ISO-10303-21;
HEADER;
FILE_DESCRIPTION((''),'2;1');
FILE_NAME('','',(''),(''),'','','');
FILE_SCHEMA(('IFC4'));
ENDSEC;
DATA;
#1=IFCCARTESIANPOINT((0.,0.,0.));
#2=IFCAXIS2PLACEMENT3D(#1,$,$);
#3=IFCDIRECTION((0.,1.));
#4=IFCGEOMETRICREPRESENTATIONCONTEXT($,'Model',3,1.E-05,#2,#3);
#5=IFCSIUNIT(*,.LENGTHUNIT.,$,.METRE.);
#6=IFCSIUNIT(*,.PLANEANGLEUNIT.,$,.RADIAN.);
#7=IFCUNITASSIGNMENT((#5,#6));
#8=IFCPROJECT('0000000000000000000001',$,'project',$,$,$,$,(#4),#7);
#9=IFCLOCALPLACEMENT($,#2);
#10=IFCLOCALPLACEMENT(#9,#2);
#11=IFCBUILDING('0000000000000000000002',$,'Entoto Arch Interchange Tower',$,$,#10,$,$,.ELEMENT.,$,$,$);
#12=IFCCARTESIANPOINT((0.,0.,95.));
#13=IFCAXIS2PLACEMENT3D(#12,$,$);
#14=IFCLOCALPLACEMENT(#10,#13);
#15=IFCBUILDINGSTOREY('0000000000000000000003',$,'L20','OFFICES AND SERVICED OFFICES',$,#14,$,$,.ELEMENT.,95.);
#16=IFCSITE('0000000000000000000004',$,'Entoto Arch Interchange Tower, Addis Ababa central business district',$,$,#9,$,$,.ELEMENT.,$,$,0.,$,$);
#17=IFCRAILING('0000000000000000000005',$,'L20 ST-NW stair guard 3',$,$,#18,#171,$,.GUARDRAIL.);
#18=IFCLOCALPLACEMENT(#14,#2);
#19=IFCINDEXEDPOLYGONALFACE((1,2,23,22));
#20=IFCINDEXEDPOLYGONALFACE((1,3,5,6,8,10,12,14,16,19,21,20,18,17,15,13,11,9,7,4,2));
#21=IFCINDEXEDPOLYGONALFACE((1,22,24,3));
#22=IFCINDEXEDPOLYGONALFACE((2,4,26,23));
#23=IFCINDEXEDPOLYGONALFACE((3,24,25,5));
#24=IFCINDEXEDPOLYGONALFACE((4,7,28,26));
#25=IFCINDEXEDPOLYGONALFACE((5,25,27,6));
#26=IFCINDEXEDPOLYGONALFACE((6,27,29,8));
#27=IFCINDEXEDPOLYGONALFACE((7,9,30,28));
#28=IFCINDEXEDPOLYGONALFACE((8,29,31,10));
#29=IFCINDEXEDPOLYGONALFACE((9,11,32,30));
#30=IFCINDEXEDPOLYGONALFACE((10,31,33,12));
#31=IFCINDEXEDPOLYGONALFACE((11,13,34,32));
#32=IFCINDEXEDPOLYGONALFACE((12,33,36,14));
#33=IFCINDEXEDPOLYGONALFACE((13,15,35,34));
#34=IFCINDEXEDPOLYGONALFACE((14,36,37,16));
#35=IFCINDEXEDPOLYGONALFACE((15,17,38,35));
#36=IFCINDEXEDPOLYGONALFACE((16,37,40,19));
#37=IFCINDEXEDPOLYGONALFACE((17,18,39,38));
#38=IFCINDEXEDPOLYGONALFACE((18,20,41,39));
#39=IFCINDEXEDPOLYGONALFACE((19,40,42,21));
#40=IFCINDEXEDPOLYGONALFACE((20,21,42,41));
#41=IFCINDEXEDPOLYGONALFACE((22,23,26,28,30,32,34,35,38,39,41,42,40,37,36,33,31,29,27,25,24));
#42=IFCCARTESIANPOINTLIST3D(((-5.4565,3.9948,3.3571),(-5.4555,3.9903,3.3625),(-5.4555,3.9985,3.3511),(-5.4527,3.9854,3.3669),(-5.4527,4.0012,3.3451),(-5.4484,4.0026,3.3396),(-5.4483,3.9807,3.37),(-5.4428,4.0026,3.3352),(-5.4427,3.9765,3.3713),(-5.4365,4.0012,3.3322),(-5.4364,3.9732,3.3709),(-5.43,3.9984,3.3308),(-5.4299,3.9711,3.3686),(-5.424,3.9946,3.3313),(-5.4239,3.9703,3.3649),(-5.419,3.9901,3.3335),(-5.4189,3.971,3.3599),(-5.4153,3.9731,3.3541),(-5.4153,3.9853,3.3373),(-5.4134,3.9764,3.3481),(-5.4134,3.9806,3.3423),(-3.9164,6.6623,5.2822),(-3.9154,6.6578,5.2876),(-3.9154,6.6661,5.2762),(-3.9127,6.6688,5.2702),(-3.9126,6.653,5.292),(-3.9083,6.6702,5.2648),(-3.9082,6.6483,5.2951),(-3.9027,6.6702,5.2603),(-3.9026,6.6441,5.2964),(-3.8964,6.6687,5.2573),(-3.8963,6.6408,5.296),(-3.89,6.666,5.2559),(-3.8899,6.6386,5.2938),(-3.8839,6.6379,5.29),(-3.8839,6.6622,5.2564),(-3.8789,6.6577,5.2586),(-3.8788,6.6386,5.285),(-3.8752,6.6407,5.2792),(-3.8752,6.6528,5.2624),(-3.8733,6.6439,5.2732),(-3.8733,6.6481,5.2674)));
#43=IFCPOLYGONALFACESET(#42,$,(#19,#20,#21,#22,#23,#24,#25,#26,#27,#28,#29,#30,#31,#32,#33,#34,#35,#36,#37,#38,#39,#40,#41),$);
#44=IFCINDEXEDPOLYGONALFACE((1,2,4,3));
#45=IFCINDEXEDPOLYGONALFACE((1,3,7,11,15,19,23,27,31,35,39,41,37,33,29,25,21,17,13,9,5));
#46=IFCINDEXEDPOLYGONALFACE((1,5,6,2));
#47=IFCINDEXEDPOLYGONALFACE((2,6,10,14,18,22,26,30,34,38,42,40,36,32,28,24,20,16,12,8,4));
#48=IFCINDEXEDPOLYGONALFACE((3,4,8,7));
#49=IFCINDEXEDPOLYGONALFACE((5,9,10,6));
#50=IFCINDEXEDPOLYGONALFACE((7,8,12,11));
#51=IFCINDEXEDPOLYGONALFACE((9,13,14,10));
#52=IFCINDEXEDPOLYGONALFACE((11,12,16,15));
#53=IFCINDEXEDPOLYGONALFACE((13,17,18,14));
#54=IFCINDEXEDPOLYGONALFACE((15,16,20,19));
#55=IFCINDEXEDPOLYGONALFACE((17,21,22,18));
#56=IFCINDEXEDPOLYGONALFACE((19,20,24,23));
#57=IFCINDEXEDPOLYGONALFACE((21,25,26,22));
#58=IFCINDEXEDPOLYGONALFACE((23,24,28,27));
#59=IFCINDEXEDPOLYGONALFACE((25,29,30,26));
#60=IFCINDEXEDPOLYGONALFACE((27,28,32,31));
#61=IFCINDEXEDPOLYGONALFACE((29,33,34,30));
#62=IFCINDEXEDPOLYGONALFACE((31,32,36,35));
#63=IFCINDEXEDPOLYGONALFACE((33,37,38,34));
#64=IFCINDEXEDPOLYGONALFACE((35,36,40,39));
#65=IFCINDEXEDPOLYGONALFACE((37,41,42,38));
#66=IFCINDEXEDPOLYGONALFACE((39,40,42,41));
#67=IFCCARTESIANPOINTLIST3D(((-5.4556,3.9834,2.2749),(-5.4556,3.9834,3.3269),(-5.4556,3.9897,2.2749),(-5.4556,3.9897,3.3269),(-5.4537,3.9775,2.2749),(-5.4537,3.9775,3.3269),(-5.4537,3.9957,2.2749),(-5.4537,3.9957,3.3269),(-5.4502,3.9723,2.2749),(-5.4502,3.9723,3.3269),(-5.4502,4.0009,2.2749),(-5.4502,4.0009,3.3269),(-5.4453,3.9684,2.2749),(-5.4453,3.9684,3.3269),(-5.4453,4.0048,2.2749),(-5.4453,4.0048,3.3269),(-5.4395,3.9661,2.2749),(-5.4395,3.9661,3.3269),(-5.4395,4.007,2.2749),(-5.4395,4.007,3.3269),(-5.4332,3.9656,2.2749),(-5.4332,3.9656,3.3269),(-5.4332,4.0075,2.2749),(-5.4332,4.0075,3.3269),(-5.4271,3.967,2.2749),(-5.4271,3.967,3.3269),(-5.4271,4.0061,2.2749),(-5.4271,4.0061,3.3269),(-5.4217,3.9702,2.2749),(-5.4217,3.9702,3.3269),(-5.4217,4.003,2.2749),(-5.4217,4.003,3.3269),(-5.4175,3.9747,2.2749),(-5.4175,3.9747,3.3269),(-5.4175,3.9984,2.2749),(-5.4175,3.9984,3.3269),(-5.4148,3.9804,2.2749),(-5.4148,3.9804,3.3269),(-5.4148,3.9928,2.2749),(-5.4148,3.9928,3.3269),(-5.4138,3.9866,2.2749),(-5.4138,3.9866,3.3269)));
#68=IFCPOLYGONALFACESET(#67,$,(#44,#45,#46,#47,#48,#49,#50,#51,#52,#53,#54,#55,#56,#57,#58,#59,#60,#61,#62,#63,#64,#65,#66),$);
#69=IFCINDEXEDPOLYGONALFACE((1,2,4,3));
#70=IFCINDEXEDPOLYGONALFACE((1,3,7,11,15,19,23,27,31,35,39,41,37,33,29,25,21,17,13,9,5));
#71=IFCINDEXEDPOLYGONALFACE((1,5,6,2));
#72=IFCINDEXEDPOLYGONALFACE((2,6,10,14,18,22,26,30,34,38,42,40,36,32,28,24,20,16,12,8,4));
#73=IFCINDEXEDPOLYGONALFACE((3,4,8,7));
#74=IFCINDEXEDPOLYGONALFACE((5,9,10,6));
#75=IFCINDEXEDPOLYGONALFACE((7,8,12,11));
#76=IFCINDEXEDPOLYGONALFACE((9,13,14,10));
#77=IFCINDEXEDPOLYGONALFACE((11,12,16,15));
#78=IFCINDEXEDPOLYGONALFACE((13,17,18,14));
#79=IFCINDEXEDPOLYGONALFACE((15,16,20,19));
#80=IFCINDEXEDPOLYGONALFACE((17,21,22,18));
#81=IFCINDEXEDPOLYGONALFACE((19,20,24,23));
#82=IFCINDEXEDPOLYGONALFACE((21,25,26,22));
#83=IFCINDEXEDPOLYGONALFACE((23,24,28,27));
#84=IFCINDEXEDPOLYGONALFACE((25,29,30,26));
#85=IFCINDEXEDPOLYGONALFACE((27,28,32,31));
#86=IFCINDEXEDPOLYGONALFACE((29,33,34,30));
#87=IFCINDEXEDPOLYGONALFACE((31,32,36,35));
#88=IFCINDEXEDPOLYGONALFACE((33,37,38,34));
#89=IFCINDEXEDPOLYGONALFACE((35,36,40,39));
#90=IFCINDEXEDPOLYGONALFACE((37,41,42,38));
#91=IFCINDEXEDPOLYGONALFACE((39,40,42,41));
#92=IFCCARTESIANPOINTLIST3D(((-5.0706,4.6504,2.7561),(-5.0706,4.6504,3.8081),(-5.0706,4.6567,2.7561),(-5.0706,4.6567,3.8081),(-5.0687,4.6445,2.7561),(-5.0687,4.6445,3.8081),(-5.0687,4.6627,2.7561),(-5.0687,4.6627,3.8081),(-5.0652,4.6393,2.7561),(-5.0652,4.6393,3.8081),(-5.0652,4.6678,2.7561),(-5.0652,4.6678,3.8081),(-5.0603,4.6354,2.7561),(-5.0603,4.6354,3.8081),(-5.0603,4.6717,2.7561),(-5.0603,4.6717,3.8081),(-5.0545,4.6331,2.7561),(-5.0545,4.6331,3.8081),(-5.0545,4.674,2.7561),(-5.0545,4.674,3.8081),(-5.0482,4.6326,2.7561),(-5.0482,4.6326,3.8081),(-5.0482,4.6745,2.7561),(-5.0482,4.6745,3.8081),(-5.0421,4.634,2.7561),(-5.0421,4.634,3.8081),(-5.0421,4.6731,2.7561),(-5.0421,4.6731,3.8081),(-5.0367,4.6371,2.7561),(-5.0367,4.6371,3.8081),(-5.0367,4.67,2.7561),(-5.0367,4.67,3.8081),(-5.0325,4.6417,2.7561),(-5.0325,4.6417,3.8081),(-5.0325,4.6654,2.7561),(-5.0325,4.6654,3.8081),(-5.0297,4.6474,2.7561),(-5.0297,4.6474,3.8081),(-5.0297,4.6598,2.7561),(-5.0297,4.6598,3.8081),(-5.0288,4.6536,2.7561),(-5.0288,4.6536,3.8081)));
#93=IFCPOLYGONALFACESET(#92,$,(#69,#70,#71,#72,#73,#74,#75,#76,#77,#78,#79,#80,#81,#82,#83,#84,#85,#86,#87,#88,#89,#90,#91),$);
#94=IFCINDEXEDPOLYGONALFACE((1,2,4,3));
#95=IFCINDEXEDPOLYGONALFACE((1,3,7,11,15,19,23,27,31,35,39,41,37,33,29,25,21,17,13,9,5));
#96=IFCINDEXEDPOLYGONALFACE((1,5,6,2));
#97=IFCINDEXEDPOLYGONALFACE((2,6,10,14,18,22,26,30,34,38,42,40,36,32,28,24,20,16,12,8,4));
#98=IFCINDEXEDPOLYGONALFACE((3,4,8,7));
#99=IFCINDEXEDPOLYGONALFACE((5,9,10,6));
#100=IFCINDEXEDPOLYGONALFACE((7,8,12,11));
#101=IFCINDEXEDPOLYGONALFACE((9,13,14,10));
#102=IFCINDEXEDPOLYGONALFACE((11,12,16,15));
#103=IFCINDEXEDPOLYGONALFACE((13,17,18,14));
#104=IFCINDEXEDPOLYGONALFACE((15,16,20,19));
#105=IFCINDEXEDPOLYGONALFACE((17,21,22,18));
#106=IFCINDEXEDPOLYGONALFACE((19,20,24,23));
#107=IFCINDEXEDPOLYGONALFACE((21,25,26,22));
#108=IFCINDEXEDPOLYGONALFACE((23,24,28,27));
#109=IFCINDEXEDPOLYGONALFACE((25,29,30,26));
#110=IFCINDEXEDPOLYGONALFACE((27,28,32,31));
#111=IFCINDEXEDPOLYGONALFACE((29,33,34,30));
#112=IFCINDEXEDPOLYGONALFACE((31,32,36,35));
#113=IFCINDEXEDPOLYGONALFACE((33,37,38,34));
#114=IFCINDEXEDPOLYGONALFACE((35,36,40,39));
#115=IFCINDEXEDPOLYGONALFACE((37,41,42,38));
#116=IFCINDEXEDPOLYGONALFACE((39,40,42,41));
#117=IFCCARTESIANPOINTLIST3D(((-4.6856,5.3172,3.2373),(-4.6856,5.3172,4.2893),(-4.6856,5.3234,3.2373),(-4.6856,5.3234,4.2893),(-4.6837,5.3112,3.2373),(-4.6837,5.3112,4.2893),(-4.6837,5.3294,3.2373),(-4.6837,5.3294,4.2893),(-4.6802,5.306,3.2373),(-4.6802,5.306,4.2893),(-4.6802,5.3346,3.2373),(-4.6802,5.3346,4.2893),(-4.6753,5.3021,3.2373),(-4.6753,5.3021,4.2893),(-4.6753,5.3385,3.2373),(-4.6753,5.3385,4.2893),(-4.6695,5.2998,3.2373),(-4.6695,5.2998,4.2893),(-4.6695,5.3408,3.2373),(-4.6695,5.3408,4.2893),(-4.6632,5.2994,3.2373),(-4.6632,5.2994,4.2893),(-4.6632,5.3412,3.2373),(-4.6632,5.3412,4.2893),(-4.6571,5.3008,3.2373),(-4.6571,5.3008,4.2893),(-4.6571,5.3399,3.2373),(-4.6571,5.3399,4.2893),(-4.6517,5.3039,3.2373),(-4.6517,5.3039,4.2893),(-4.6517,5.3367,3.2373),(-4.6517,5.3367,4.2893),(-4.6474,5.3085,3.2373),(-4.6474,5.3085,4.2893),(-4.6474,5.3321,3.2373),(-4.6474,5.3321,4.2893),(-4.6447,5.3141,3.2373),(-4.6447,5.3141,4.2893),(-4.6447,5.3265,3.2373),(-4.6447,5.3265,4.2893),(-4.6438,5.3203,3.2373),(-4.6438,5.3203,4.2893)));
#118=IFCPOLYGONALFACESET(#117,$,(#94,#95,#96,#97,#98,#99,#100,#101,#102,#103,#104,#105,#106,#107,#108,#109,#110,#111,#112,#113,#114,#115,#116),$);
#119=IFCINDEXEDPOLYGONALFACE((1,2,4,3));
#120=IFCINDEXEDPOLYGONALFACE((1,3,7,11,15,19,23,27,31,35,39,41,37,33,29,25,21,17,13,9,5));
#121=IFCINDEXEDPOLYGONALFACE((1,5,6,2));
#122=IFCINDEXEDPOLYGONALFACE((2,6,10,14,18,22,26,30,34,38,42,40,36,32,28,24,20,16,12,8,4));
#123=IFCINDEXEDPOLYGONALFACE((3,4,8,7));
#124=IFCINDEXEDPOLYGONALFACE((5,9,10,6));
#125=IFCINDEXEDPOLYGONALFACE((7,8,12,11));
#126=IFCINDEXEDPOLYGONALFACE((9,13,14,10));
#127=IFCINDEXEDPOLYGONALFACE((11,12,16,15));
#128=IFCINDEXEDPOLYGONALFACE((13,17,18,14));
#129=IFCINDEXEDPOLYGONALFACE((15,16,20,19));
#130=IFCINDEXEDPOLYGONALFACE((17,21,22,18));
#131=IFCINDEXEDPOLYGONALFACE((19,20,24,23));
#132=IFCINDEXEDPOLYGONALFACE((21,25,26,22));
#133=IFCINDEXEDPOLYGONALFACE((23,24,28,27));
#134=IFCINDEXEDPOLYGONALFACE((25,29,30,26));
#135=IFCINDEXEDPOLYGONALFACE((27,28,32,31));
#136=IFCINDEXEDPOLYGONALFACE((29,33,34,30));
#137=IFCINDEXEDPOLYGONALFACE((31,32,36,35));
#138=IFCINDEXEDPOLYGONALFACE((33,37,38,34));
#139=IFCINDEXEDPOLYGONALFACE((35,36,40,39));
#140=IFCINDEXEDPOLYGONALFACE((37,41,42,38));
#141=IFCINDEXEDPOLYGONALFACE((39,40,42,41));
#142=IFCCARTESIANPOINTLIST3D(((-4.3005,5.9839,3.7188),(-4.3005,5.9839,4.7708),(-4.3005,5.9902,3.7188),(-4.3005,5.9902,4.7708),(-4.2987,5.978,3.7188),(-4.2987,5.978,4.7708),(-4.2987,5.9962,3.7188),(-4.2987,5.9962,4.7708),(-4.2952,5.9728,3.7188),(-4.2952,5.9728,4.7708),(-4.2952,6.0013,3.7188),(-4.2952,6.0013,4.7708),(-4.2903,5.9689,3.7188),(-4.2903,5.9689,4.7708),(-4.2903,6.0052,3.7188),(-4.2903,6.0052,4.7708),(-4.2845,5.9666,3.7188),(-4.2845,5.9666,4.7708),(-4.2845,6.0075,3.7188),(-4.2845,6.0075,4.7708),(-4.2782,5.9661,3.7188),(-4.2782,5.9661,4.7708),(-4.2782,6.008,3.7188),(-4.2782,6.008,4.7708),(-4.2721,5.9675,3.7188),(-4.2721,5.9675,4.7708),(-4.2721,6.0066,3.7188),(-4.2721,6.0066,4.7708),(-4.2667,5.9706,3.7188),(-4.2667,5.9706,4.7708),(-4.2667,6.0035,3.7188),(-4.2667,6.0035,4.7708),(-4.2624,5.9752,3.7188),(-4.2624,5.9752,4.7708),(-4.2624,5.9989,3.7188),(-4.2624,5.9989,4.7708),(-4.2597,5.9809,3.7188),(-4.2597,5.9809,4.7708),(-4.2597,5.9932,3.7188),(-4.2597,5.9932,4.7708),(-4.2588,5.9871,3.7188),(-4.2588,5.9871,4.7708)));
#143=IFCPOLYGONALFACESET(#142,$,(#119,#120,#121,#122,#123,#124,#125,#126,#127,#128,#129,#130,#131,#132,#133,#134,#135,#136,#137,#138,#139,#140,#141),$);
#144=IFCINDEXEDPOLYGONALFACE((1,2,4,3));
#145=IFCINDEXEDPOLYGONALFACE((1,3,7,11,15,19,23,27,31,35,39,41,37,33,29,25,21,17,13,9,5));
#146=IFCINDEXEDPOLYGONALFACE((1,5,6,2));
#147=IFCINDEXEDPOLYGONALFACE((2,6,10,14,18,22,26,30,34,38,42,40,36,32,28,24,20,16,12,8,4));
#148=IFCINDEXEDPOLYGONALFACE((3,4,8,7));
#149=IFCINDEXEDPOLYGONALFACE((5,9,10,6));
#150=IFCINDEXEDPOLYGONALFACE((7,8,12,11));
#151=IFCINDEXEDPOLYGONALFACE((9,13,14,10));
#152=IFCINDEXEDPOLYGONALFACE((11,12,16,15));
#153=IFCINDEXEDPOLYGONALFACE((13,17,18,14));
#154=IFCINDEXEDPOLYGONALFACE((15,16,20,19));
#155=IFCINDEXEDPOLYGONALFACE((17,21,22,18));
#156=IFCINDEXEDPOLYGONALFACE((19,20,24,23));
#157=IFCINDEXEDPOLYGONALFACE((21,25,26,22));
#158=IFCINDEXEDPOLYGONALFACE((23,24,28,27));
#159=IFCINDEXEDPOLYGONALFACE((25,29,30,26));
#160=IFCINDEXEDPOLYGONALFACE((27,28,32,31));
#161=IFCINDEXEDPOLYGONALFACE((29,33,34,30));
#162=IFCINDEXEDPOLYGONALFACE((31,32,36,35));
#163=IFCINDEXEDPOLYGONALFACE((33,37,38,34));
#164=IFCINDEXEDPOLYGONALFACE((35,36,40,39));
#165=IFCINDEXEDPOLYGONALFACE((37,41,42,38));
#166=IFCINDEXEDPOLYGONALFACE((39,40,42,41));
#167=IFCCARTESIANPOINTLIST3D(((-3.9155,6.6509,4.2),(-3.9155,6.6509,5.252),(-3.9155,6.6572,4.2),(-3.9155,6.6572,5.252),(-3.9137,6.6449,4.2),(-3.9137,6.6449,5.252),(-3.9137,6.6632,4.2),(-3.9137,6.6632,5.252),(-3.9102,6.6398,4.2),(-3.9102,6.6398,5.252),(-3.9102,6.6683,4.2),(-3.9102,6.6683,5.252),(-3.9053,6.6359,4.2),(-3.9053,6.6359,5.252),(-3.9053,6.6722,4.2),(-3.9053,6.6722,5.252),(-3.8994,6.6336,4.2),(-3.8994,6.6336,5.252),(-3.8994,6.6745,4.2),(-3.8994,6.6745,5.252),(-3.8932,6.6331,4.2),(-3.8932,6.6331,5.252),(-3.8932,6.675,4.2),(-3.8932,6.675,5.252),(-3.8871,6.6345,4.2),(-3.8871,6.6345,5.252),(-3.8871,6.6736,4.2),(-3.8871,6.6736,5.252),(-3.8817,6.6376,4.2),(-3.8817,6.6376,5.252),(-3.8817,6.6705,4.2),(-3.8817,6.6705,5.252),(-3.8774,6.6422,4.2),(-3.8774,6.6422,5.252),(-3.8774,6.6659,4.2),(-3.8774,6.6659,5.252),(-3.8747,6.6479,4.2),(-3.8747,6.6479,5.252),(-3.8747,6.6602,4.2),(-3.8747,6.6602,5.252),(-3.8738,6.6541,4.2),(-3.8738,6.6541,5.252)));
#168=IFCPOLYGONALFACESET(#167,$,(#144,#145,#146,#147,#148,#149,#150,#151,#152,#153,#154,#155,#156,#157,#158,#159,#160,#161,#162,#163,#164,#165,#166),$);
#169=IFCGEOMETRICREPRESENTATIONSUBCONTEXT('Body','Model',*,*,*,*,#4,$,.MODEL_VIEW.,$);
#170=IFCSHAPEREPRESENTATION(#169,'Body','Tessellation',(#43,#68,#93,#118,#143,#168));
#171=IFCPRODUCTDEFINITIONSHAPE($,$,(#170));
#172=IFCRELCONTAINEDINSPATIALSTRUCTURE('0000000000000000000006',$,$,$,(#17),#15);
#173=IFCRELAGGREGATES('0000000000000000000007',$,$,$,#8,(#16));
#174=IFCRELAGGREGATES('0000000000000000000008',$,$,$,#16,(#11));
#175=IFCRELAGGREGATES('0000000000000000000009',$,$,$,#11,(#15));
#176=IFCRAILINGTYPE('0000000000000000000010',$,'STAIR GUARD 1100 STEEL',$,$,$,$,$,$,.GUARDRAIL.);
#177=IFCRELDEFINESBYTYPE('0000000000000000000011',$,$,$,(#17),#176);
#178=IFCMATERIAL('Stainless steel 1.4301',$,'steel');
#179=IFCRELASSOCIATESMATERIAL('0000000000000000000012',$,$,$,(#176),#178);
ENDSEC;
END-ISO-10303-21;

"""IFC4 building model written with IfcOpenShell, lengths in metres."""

from ifc_helpers import new_model, si_unit, direction, frame, origin, origin_2d, place, context, subcontext, project, spatial, circle, extrude, material, type_object, element, save


model = new_model("IFC4")

# Units and contexts
model_context = context("Model", 3, precision=1e-05, world=origin(), true_north=direction((0.0, 1.0)))
body_context = subcontext(model_context, "Body", "Model", "MODEL_VIEW")
ifc_project = project(units=[si_unit("LENGTHUNIT", "METRE"), si_unit("PLANEANGLEUNIT", "RADIAN")], contexts=[model_context])

# Site, building, storey
site_placement = place(None, origin())
site = spatial("IfcSite", under=ifc_project, at=site_placement, Name="Entoto Arch Interchange Tower, Addis Ababa central business district", CompositionType="ELEMENT", RefElevation=0.0)
building_placement = place(site_placement, origin())
building = spatial("IfcBuilding", under=site, at=building_placement, Name="Entoto Arch Interchange Tower", CompositionType="ELEMENT")
storey_placement = place(building_placement, frame((0.0, 0.0, 95.0)))
storey = spatial("IfcBuildingStorey", under=building, at=storey_placement, Name="L20", Description="OFFICES AND SERVICED OFFICES", CompositionType="ELEMENT", Elevation=95.0)

# Railing
ifc_material_1 = material(Name="Stainless steel 1.4301", Category="steel")
railing_type_1 = type_object("IfcRailingType", Name="STAIR GUARD 1100 STEEL", PredefinedType="GUARDRAIL", material=ifc_material_1)
railing_1_placement = place(storey_placement, frame((-5.4348, 3.9866, 2.2749)))
element("IfcRailing", 1, at=railing_1_placement, inside=storey, type_object=railing_type_1, Name="L20 ST-NW stair guard 3", PredefinedType="GUARDRAIL", context=body_context, shape_type="SweptSolid", body=[
    extrude(circle(Radius=0.0239, at=origin_2d()), frame((0.0, 0.0, 1.0762), z_axis=(0.423994, 0.734395, 0.529993), x_axis=(-0.86603, 0.499992, 0.0)), (0.0, 0.0, 1.0), 3.6323),
    extrude(circle(Radius=0.021, at=origin_2d()), origin(), (0.0, 0.0, 1.0), 1.052),
    extrude(circle(Radius=0.021, at=origin_2d()), frame((0.385, 0.667, 0.4812)), (0.0, 0.0, 1.0), 1.052),
    extrude(circle(Radius=0.021, at=origin_2d()), frame((0.77, 1.3337, 0.9624)), (0.0, 0.0, 1.0), 1.052),
    extrude(circle(Radius=0.021, at=origin_2d()), frame((1.155, 2.0005, 1.4438)), (0.0, 0.0, 1.0), 1.052),
    extrude(circle(Radius=0.021, at=origin_2d()), frame((1.54, 2.6675, 1.925)), (0.0, 0.0, 1.0), 1.052),
])

save(model, "model.ifc")
